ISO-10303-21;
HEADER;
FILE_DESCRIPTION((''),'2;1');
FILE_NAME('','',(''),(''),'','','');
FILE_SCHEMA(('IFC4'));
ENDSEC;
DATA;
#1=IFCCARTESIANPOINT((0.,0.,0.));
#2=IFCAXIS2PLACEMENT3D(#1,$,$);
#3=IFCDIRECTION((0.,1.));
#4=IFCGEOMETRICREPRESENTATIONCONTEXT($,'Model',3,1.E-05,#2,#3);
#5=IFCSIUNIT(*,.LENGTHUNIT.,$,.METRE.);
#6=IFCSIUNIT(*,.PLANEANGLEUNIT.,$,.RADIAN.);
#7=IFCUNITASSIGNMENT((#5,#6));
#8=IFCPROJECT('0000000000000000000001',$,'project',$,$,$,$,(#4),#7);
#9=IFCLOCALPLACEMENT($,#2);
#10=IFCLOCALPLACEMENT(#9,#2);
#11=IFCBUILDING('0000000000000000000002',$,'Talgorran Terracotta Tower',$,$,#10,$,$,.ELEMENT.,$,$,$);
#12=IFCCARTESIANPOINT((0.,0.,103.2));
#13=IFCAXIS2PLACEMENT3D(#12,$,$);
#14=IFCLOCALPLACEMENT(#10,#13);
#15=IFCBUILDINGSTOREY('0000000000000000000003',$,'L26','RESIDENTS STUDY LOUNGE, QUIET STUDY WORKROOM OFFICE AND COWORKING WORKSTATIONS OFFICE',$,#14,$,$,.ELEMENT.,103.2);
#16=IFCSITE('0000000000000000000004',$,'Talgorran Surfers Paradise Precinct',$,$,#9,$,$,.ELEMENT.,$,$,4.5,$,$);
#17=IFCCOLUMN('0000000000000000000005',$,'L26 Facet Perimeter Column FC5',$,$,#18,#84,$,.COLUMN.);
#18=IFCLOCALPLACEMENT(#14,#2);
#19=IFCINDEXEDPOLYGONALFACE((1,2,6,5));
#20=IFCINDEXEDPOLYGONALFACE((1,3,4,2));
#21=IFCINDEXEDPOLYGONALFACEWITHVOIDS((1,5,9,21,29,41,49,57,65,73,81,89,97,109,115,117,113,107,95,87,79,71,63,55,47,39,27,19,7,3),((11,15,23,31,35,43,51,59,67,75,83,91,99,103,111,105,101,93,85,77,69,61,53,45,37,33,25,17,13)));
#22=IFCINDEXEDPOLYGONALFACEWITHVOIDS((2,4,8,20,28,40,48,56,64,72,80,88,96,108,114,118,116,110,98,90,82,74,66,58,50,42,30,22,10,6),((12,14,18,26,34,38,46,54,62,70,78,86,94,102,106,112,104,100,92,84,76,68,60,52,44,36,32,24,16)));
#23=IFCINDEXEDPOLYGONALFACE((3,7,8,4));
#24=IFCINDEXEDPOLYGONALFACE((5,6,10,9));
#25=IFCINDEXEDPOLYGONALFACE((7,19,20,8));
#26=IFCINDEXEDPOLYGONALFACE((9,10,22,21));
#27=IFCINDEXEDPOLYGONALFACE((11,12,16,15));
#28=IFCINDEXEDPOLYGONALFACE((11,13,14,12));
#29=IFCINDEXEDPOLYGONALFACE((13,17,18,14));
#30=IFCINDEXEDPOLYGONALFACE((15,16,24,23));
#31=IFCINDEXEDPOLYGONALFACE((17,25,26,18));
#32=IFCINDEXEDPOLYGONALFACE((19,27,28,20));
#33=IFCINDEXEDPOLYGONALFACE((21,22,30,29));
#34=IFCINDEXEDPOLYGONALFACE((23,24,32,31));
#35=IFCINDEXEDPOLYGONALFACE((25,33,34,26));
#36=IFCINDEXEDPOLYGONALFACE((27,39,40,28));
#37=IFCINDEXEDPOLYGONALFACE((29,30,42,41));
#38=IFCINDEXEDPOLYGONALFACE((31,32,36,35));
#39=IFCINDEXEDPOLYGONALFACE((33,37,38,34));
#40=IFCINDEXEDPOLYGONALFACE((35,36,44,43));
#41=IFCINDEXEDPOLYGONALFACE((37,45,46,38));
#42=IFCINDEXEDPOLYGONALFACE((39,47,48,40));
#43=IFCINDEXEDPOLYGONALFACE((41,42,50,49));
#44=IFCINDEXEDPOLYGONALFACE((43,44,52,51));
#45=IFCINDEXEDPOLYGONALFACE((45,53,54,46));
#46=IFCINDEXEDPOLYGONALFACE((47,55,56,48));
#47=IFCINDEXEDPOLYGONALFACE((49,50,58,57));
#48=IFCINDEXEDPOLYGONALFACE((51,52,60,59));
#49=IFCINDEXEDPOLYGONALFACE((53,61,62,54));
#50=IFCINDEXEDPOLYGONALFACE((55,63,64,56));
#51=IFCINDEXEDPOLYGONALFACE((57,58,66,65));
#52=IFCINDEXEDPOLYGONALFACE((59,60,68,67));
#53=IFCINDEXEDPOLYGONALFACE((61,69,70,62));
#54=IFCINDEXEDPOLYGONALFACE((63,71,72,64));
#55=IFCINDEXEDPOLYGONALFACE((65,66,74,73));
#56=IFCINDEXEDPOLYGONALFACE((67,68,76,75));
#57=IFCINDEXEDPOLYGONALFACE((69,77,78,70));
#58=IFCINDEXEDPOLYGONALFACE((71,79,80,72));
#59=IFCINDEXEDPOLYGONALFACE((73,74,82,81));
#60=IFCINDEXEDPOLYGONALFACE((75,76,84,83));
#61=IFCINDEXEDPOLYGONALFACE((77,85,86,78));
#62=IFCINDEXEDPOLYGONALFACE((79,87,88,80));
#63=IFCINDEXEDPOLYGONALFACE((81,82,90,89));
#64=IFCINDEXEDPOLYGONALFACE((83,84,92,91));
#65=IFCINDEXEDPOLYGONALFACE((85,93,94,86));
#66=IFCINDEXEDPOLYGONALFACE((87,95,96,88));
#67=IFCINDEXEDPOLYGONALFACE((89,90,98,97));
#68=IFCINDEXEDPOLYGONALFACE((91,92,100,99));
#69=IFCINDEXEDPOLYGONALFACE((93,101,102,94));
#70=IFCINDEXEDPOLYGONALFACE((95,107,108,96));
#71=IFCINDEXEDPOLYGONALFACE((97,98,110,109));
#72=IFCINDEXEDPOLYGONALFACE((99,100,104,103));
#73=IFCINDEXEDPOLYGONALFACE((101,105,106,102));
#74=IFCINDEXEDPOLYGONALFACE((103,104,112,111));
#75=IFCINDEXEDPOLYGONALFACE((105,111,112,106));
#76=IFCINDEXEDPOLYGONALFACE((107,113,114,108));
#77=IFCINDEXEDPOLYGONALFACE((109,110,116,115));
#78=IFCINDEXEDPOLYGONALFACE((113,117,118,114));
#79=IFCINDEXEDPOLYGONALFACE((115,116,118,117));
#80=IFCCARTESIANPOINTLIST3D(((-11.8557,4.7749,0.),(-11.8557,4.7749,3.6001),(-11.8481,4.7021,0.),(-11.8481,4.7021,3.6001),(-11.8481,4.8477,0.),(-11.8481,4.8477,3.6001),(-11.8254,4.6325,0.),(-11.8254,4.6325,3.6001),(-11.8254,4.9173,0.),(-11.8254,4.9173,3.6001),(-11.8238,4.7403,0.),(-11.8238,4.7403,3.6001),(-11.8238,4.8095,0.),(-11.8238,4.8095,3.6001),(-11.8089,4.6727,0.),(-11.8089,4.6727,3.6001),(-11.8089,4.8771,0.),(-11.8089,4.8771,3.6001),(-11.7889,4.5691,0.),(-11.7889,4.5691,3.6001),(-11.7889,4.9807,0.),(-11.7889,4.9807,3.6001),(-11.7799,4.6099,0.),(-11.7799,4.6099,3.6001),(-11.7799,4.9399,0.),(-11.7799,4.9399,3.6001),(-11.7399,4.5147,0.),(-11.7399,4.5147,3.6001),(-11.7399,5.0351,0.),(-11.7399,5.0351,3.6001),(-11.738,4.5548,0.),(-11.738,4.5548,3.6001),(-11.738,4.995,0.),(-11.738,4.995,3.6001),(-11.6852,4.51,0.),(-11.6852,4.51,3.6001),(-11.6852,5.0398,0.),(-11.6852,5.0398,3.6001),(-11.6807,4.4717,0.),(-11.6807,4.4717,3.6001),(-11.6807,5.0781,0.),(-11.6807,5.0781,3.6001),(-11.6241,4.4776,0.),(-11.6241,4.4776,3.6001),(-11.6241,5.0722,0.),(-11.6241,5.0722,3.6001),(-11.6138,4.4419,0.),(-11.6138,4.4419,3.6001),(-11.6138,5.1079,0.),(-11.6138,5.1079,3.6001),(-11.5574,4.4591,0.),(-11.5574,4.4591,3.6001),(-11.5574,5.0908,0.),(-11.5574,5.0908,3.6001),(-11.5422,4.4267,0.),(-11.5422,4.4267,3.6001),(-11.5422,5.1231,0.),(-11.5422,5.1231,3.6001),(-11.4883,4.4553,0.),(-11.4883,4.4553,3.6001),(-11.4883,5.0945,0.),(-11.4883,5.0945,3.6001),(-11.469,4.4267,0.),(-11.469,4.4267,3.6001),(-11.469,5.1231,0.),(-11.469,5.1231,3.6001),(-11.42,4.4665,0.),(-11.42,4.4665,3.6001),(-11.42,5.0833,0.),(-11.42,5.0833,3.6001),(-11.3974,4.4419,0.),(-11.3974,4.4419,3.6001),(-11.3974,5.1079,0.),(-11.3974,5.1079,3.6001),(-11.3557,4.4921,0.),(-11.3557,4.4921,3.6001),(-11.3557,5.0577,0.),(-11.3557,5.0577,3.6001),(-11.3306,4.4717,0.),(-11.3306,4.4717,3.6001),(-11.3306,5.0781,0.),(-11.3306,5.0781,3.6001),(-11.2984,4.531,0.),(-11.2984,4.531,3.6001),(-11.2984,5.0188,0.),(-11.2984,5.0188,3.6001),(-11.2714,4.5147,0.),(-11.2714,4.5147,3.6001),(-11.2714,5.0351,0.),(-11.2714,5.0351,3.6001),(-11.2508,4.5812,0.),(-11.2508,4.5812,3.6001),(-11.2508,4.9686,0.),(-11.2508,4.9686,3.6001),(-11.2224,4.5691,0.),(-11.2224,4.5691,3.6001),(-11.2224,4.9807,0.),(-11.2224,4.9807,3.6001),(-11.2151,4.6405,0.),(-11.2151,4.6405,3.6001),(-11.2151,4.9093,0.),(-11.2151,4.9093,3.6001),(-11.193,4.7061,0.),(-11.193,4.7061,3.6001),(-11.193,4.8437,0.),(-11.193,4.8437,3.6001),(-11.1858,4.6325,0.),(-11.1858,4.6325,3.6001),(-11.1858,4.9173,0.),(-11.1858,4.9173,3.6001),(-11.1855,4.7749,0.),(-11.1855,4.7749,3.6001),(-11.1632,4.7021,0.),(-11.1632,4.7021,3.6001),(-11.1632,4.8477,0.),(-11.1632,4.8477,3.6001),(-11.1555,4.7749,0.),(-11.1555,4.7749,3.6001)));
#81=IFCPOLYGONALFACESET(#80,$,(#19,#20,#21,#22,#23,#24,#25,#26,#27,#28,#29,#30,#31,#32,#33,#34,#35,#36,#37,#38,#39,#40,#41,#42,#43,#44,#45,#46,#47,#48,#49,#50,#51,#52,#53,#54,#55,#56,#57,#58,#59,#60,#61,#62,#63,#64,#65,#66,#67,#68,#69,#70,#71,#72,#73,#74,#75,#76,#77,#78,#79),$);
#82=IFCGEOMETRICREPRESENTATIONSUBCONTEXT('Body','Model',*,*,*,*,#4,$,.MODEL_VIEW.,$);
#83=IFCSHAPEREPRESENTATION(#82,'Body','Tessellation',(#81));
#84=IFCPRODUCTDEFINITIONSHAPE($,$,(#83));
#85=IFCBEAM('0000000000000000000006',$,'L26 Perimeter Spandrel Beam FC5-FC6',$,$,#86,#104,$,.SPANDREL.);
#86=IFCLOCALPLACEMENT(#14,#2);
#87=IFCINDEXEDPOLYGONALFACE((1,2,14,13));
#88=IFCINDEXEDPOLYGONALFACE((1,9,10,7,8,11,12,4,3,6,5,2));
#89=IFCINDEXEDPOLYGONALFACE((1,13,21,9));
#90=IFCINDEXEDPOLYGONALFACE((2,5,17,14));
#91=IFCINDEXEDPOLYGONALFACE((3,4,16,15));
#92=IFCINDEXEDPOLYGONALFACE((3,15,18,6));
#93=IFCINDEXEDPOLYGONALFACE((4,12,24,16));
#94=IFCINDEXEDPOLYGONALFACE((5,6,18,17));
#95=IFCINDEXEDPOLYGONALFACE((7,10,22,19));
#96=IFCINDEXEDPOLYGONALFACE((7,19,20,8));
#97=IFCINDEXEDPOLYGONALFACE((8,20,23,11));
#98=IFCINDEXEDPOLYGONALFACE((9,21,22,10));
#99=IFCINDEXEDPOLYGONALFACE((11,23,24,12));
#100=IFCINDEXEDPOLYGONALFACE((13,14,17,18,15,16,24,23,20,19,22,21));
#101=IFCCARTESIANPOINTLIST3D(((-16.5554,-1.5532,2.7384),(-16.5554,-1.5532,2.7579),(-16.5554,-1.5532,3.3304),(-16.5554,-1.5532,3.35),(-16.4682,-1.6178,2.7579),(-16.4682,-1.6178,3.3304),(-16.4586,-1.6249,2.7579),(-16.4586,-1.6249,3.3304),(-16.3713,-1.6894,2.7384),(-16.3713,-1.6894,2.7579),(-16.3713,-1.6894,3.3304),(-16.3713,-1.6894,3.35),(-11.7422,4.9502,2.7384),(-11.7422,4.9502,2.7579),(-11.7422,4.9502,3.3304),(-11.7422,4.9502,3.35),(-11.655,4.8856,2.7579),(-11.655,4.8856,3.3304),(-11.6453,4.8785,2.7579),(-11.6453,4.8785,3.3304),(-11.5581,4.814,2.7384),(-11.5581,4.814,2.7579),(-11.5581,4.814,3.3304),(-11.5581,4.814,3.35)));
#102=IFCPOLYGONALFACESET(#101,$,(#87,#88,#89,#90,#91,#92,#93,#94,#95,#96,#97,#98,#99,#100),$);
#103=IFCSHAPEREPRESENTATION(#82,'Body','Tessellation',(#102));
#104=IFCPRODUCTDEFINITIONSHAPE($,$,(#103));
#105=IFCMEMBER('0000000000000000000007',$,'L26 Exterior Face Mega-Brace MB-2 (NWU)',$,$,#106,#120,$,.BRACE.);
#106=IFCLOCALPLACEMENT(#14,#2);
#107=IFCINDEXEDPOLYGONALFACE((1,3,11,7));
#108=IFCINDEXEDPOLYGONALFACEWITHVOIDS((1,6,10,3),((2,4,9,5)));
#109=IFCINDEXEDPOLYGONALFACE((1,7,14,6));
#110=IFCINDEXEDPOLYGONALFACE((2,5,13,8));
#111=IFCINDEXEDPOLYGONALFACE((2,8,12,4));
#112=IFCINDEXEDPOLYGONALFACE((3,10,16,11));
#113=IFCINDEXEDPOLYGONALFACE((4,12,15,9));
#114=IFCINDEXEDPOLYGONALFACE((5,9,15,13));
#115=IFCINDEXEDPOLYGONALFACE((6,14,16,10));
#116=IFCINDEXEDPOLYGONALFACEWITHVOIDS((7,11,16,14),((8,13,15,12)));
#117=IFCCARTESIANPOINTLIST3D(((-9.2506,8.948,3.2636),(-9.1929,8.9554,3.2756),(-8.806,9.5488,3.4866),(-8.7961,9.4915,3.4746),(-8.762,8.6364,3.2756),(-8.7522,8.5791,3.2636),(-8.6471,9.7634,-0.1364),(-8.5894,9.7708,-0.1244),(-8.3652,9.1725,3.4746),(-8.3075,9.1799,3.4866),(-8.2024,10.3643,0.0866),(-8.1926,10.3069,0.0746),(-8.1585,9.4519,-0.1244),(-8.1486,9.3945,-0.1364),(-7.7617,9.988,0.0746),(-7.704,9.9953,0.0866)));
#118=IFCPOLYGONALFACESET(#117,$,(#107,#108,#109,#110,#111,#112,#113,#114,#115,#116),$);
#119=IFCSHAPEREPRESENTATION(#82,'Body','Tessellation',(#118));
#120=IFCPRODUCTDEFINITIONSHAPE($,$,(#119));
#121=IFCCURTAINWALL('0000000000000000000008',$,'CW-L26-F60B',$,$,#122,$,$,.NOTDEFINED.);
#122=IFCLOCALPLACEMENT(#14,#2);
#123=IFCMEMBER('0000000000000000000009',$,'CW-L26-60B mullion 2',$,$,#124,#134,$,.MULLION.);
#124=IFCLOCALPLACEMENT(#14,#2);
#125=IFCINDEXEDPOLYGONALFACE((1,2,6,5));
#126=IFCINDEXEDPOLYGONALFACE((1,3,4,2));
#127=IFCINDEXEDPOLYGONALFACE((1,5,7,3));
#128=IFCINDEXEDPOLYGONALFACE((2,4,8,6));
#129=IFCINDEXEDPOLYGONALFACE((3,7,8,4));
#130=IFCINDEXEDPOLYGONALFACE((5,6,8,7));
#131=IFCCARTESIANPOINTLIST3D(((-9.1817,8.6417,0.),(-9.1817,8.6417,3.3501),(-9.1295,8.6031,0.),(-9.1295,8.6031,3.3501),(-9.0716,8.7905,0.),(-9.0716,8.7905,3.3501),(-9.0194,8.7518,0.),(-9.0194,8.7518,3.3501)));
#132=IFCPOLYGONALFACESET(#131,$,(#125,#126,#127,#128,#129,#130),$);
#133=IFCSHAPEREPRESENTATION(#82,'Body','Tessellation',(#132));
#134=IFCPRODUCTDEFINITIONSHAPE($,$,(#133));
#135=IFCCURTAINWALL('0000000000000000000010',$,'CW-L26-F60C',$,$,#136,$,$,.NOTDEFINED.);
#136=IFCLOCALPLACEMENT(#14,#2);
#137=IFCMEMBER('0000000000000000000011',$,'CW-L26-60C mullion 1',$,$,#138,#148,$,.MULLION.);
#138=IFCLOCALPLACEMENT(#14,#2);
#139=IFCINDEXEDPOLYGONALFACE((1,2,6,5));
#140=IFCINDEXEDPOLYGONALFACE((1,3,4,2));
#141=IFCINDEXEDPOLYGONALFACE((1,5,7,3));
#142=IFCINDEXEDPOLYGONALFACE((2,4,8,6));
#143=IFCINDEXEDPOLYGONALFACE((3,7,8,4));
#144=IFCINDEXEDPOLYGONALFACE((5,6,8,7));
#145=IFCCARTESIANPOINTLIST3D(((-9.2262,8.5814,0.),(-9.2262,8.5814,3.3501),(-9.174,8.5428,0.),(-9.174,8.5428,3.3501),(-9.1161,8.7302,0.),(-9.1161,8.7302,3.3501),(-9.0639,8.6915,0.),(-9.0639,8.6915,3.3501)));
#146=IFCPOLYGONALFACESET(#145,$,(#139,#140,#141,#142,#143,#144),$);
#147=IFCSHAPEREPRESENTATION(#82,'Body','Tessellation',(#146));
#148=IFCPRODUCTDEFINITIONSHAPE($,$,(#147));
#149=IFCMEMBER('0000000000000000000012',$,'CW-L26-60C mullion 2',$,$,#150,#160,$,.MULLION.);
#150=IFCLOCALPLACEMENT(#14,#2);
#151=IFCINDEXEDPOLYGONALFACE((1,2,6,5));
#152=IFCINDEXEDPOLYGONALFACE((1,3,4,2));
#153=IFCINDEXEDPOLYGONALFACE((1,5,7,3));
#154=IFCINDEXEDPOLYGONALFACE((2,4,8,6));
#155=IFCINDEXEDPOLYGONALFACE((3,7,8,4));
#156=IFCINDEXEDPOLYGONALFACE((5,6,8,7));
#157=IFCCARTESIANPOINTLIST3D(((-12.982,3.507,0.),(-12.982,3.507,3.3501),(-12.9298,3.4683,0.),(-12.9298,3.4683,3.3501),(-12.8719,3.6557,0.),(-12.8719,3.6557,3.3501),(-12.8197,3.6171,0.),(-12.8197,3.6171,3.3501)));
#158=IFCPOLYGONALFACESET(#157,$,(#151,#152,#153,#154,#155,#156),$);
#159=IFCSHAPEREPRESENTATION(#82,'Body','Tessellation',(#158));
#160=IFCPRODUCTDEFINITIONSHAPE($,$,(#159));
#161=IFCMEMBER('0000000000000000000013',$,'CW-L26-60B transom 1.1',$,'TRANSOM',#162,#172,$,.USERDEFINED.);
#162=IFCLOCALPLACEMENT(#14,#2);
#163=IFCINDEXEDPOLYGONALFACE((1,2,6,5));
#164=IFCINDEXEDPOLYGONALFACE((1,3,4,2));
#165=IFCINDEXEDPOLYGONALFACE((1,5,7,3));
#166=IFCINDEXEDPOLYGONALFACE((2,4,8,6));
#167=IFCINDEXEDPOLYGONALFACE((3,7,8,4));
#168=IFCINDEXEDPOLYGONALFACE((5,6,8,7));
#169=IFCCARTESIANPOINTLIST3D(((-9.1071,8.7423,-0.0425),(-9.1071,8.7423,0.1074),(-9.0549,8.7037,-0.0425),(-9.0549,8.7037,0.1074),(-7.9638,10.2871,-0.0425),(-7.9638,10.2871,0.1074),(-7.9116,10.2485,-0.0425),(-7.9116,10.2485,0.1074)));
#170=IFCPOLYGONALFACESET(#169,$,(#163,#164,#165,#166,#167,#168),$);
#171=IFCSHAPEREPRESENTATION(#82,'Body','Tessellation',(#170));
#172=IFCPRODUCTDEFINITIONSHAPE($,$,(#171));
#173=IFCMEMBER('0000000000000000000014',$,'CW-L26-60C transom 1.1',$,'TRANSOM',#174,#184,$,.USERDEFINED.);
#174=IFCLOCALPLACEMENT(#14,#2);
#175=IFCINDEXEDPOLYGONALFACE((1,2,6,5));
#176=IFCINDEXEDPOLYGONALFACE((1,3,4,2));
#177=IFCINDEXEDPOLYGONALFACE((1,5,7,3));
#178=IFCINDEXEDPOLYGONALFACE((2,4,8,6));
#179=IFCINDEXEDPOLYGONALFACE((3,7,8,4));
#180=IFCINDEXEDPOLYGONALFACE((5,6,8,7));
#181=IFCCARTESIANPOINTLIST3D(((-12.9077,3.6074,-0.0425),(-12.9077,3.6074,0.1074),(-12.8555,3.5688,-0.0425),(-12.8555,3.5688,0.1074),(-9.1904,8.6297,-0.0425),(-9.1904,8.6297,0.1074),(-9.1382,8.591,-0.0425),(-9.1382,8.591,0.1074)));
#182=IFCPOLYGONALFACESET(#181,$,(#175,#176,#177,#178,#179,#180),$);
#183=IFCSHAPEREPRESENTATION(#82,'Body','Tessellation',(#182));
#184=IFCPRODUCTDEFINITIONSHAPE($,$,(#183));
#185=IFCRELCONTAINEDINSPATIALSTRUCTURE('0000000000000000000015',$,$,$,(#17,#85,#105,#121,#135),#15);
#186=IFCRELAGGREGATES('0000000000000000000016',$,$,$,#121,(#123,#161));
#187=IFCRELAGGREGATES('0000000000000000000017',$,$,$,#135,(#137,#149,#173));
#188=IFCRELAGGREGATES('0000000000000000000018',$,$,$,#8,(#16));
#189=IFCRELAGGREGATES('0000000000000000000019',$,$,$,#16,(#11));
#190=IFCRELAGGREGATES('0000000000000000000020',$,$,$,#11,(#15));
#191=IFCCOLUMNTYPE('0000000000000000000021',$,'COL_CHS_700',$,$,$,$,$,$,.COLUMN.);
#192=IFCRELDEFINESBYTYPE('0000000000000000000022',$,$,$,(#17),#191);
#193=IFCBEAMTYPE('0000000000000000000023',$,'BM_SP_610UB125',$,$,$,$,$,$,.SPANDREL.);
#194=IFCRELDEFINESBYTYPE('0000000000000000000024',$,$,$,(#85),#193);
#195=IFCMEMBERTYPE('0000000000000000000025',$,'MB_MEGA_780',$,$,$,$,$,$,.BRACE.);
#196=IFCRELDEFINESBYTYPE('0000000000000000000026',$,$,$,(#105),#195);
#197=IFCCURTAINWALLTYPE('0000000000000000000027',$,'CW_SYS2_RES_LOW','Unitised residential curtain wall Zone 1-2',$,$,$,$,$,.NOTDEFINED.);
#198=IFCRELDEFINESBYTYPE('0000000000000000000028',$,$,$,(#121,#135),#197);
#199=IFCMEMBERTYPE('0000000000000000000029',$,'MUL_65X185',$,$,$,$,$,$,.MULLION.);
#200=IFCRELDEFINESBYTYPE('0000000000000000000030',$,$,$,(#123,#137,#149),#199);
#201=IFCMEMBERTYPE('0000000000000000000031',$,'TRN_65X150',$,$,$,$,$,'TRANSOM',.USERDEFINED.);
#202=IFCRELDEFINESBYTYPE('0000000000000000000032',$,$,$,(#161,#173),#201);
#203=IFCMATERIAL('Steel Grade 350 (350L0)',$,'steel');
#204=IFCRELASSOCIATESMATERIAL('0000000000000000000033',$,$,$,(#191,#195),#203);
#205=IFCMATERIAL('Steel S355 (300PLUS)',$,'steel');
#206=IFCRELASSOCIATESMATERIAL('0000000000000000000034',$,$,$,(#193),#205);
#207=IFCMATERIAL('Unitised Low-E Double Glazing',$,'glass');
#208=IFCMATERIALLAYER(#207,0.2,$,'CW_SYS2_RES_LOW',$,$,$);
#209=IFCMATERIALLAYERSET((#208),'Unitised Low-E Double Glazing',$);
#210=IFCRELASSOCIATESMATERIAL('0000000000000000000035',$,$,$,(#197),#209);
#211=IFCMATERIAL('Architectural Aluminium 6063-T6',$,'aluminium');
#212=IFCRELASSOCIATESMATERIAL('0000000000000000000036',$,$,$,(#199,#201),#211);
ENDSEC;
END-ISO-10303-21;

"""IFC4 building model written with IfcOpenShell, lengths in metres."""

from ifc_helpers import new_model, si_unit, direction, frame, origin, origin_2d, place, context, subcontext, project, spatial, rectangle, hollow_rectangle, hollow_circle, i_section, extrude, material, layer, layer_set, material_profile, profile_set, type_object, element, aggregate, save


model = new_model("IFC4")

# Units and contexts
model_context = context("Model", 3, precision=1e-05, world=origin(), true_north=direction((0.0, 1.0)))
body_context = subcontext(model_context, "Body", "Model", "MODEL_VIEW")
ifc_project = project(units=[si_unit("LENGTHUNIT", "METRE"), si_unit("PLANEANGLEUNIT", "RADIAN")], contexts=[model_context])

# Site, building, storey
site_placement = place(None, origin())
site = spatial("IfcSite", under=ifc_project, at=site_placement, Name="Talgorran Surfers Paradise Precinct", CompositionType="ELEMENT", RefElevation=4.5)
building_placement = place(site_placement, origin())
building = spatial("IfcBuilding", under=site, at=building_placement, Name="Talgorran Terracotta Tower", CompositionType="ELEMENT")
storey_placement = place(building_placement, frame((0.0, 0.0, 103.2)))
storey = spatial("IfcBuildingStorey", under=building, at=storey_placement, Name="L26", Description="RESIDENTS STUDY LOUNGE, QUIET STUDY WORKROOM OFFICE AND COWORKING WORKSTATIONS OFFICE", CompositionType="ELEMENT", Elevation=103.2)

# Column
ifc_material_1 = material(Name="Steel Grade 350 (350L0)", Category="steel")
ifc_material_profile_1 = material_profile(ifc_material_1, hollow_circle(Radius=0.3501, WallThickness=0.03, at=origin_2d()), Name="CHS700X30")
ifc_profile_set_1 = profile_set([ifc_material_profile_1], Name="Steel Grade 350 (350L0)")
column_type = type_object("IfcColumnType", Name="COL_CHS_700", PredefinedType="COLUMN", material=ifc_profile_set_1)
column_placement = place(storey_placement, frame((-11.5056, 4.7749, 0.0), z_axis=(0.0, 0.0, 1.0), x_axis=(1.0, 0.0, 0.0)))
element("IfcColumn", 1, at=column_placement, inside=storey, type_object=column_type, Name="L26 Facet Perimeter Column FC5", PredefinedType="COLUMN", context=body_context, shape_type="SweptSolid", body=[
    extrude(hollow_circle(Radius=0.3501, WallThickness=0.03, at=origin_2d()), origin(), (0.0, 0.0, 1.0), 3.6001),
])

# Beam
ifc_material_2 = material(Name="Steel S355 (300PLUS)", Category="steel")
ifc_material_profile_2 = material_profile(ifc_material_2, i_section(OverallWidth=0.229, OverallDepth=0.6116, WebThickness=0.012, FlangeThickness=0.0195, at=origin_2d()), Name="610UB125")
ifc_profile_set_2 = profile_set([ifc_material_profile_2], Name="Steel S355 (300PLUS)")
beam_type = type_object("IfcBeamType", Name="BM_SP_610UB125", PredefinedType="SPANDREL", material=ifc_profile_set_2)
beam_placement = place(storey_placement, frame((-11.6501, 4.8821, 3.0442), z_axis=(-0.594899, -0.8038, 0.0), x_axis=(0.8038, -0.594899, 0.0)))
element("IfcBeam", 2, at=beam_placement, inside=storey, type_object=beam_type, Name="L26 Perimeter Spandrel Beam FC5-FC6", PredefinedType="SPANDREL", context=body_context, shape_type="SweptSolid", body=[
    extrude(i_section(OverallWidth=0.229, OverallDepth=0.6116, WebThickness=0.012, FlangeThickness=0.0195, at=origin_2d()), origin(), (0.0, 0.0, 1.0), 8.0908),
])

# Member
ifc_material_profile_3 = material_profile(ifc_material_1, hollow_rectangle(XDim=0.6201, YDim=0.78, WallThickness=0.042, at=origin_2d()), Name="WBOX780X620X42")
ifc_profile_set_3 = profile_set([ifc_material_profile_3], Name="Steel Grade 350 (350L0)")
member_type_1 = type_object("IfcMemberType", Name="MB_MEGA_780", PredefinedType="BRACE", material=ifc_profile_set_3)
member_1_placement = place(storey_placement, frame((-8.1755, 9.8794, -0.0249), z_axis=(-0.170099, -0.229826, 0.958252), x_axis=(0.803796, -0.594905, 0.0)))
element("IfcMember", 3, at=member_1_placement, inside=storey, type_object=member_type_1, Name="L26 Exterior Face Mega-Brace MB-2 (NWU)", PredefinedType="BRACE", context=body_context, shape_type="SweptSolid", body=[
    extrude(hollow_rectangle(XDim=0.6201, YDim=0.78, WallThickness=0.042, at=origin_2d()), origin(), (0.0, 0.0, 1.0), 3.5481),
])

# Curtain wall, member
ifc_material_3 = material(Name="Unitised Low-E Double Glazing", Category="glass")
ifc_layer_1 = layer(ifc_material_3, 0.2, Name="CW_SYS2_RES_LOW")
ifc_layer_set_1 = layer_set([ifc_layer_1], Name="Unitised Low-E Double Glazing")
curtain_wall_type = type_object("IfcCurtainWallType", Name="CW_SYS2_RES_LOW", Description="Unitised residential curtain wall Zone 1-2", PredefinedType="NOTDEFINED", material=ifc_layer_set_1)
curtain_wall_1_placement = place(storey_placement, origin())
curtain_wall_1 = element("IfcCurtainWall", 4, at=curtain_wall_1_placement, inside=storey, type_object=curtain_wall_type, Name="CW-L26-F60B", PredefinedType="NOTDEFINED")
ifc_material_4 = material(Name="Architectural Aluminium 6063-T6", Category="aluminium")
ifc_material_profile_4 = material_profile(ifc_material_4, rectangle(XDim=0.0649, YDim=0.1851, at=origin_2d()), Name="CWM65X185")
ifc_profile_set_4 = profile_set([ifc_material_profile_4], Name="Architectural Aluminium 6063-T6")
member_type_2 = type_object("IfcMemberType", Name="MUL_65X185", PredefinedType="MULLION", material=ifc_profile_set_4)
member_2_placement = place(storey_placement, frame((-9.1006, 8.6968, 0.0), z_axis=(0.0, 0.0, 1.0), x_axis=(0.803791, -0.594912, 0.0)))
member_2 = element("IfcMember", 5, at=member_2_placement, type_object=member_type_2, Name="CW-L26-60B mullion 2", PredefinedType="MULLION", context=body_context, shape_type="SweptSolid", body=[
    extrude(rectangle(XDim=0.0649, YDim=0.1851, at=origin_2d()), origin(), (0.0, 0.0, 1.0), 3.3501),
])

# Curtain wall, members
curtain_wall_2_placement = place(storey_placement, origin())
curtain_wall_2 = element("IfcCurtainWall", 6, at=curtain_wall_2_placement, inside=storey, type_object=curtain_wall_type, Name="CW-L26-F60C", PredefinedType="NOTDEFINED")
member_3_placement = place(storey_placement, frame((-9.145, 8.6365, 0.0), z_axis=(0.0, 0.0, 1.0), x_axis=(0.803797, -0.594903, 0.0)))
member_3 = element("IfcMember", 7, at=member_3_placement, type_object=member_type_2, Name="CW-L26-60C mullion 1", PredefinedType="MULLION", context=body_context, shape_type="SweptSolid", body=[
    extrude(rectangle(XDim=0.0649, YDim=0.1851, at=origin_2d()), origin(), (0.0, 0.0, 1.0), 3.3501),
])
member_4_placement = place(storey_placement, frame((-12.9009, 3.562, 0.0), z_axis=(0.0, 0.0, 1.0), x_axis=(0.803797, -0.594903, 0.0)))
member_4 = element("IfcMember", 8, at=member_4_placement, type_object=member_type_2, Name="CW-L26-60C mullion 2", PredefinedType="MULLION", context=body_context, shape_type="SweptSolid", body=[
    extrude(rectangle(XDim=0.0649, YDim=0.1851, at=origin_2d()), origin(), (0.0, 0.0, 1.0), 3.3501),
])

# Members
ifc_material_profile_5 = material_profile(ifc_material_4, rectangle(XDim=0.0649, YDim=0.1499, at=origin_2d()), Name="CWT65X150")
ifc_profile_set_5 = profile_set([ifc_material_profile_5], Name="Architectural Aluminium 6063-T6")
member_type_3 = type_object("IfcMemberType", Name="TRN_65X150", ElementType="TRANSOM", PredefinedType="USERDEFINED", material=ifc_profile_set_5)
member_5_placement = place(storey_placement, frame((-7.9377, 10.2678, 0.0325), z_axis=(-0.594866, -0.803825, 0.0), x_axis=(0.803825, -0.594866, 0.0)))
member_5 = element("IfcMember", 9, at=member_5_placement, type_object=member_type_3, Name="CW-L26-60B transom 1.1", ObjectType="TRANSOM", PredefinedType="USERDEFINED", context=body_context, shape_type="SweptSolid", body=[
    extrude(rectangle(XDim=0.0649, YDim=0.1499, at=origin_2d()), origin(), (0.0, 0.0, 1.0), 1.9219),
])
member_6_placement = place(storey_placement, frame((-9.1643, 8.6104, 0.0325), z_axis=(-0.59493, -0.803777, 0.0), x_axis=(0.803777, -0.59493, 0.0)))
member_6 = element("IfcMember", 10, at=member_6_placement, type_object=member_type_3, Name="CW-L26-60C transom 1.1", ObjectType="TRANSOM", PredefinedType="USERDEFINED", context=body_context, shape_type="SweptSolid", body=[
    extrude(rectangle(XDim=0.0649, YDim=0.1499, at=origin_2d()), origin(), (0.0, 0.0, 1.0), 6.2483),
])

aggregate(curtain_wall_1, [member_2, member_5])
aggregate(curtain_wall_2, [member_3, member_4, member_6])

save(model, "model.ifc")
